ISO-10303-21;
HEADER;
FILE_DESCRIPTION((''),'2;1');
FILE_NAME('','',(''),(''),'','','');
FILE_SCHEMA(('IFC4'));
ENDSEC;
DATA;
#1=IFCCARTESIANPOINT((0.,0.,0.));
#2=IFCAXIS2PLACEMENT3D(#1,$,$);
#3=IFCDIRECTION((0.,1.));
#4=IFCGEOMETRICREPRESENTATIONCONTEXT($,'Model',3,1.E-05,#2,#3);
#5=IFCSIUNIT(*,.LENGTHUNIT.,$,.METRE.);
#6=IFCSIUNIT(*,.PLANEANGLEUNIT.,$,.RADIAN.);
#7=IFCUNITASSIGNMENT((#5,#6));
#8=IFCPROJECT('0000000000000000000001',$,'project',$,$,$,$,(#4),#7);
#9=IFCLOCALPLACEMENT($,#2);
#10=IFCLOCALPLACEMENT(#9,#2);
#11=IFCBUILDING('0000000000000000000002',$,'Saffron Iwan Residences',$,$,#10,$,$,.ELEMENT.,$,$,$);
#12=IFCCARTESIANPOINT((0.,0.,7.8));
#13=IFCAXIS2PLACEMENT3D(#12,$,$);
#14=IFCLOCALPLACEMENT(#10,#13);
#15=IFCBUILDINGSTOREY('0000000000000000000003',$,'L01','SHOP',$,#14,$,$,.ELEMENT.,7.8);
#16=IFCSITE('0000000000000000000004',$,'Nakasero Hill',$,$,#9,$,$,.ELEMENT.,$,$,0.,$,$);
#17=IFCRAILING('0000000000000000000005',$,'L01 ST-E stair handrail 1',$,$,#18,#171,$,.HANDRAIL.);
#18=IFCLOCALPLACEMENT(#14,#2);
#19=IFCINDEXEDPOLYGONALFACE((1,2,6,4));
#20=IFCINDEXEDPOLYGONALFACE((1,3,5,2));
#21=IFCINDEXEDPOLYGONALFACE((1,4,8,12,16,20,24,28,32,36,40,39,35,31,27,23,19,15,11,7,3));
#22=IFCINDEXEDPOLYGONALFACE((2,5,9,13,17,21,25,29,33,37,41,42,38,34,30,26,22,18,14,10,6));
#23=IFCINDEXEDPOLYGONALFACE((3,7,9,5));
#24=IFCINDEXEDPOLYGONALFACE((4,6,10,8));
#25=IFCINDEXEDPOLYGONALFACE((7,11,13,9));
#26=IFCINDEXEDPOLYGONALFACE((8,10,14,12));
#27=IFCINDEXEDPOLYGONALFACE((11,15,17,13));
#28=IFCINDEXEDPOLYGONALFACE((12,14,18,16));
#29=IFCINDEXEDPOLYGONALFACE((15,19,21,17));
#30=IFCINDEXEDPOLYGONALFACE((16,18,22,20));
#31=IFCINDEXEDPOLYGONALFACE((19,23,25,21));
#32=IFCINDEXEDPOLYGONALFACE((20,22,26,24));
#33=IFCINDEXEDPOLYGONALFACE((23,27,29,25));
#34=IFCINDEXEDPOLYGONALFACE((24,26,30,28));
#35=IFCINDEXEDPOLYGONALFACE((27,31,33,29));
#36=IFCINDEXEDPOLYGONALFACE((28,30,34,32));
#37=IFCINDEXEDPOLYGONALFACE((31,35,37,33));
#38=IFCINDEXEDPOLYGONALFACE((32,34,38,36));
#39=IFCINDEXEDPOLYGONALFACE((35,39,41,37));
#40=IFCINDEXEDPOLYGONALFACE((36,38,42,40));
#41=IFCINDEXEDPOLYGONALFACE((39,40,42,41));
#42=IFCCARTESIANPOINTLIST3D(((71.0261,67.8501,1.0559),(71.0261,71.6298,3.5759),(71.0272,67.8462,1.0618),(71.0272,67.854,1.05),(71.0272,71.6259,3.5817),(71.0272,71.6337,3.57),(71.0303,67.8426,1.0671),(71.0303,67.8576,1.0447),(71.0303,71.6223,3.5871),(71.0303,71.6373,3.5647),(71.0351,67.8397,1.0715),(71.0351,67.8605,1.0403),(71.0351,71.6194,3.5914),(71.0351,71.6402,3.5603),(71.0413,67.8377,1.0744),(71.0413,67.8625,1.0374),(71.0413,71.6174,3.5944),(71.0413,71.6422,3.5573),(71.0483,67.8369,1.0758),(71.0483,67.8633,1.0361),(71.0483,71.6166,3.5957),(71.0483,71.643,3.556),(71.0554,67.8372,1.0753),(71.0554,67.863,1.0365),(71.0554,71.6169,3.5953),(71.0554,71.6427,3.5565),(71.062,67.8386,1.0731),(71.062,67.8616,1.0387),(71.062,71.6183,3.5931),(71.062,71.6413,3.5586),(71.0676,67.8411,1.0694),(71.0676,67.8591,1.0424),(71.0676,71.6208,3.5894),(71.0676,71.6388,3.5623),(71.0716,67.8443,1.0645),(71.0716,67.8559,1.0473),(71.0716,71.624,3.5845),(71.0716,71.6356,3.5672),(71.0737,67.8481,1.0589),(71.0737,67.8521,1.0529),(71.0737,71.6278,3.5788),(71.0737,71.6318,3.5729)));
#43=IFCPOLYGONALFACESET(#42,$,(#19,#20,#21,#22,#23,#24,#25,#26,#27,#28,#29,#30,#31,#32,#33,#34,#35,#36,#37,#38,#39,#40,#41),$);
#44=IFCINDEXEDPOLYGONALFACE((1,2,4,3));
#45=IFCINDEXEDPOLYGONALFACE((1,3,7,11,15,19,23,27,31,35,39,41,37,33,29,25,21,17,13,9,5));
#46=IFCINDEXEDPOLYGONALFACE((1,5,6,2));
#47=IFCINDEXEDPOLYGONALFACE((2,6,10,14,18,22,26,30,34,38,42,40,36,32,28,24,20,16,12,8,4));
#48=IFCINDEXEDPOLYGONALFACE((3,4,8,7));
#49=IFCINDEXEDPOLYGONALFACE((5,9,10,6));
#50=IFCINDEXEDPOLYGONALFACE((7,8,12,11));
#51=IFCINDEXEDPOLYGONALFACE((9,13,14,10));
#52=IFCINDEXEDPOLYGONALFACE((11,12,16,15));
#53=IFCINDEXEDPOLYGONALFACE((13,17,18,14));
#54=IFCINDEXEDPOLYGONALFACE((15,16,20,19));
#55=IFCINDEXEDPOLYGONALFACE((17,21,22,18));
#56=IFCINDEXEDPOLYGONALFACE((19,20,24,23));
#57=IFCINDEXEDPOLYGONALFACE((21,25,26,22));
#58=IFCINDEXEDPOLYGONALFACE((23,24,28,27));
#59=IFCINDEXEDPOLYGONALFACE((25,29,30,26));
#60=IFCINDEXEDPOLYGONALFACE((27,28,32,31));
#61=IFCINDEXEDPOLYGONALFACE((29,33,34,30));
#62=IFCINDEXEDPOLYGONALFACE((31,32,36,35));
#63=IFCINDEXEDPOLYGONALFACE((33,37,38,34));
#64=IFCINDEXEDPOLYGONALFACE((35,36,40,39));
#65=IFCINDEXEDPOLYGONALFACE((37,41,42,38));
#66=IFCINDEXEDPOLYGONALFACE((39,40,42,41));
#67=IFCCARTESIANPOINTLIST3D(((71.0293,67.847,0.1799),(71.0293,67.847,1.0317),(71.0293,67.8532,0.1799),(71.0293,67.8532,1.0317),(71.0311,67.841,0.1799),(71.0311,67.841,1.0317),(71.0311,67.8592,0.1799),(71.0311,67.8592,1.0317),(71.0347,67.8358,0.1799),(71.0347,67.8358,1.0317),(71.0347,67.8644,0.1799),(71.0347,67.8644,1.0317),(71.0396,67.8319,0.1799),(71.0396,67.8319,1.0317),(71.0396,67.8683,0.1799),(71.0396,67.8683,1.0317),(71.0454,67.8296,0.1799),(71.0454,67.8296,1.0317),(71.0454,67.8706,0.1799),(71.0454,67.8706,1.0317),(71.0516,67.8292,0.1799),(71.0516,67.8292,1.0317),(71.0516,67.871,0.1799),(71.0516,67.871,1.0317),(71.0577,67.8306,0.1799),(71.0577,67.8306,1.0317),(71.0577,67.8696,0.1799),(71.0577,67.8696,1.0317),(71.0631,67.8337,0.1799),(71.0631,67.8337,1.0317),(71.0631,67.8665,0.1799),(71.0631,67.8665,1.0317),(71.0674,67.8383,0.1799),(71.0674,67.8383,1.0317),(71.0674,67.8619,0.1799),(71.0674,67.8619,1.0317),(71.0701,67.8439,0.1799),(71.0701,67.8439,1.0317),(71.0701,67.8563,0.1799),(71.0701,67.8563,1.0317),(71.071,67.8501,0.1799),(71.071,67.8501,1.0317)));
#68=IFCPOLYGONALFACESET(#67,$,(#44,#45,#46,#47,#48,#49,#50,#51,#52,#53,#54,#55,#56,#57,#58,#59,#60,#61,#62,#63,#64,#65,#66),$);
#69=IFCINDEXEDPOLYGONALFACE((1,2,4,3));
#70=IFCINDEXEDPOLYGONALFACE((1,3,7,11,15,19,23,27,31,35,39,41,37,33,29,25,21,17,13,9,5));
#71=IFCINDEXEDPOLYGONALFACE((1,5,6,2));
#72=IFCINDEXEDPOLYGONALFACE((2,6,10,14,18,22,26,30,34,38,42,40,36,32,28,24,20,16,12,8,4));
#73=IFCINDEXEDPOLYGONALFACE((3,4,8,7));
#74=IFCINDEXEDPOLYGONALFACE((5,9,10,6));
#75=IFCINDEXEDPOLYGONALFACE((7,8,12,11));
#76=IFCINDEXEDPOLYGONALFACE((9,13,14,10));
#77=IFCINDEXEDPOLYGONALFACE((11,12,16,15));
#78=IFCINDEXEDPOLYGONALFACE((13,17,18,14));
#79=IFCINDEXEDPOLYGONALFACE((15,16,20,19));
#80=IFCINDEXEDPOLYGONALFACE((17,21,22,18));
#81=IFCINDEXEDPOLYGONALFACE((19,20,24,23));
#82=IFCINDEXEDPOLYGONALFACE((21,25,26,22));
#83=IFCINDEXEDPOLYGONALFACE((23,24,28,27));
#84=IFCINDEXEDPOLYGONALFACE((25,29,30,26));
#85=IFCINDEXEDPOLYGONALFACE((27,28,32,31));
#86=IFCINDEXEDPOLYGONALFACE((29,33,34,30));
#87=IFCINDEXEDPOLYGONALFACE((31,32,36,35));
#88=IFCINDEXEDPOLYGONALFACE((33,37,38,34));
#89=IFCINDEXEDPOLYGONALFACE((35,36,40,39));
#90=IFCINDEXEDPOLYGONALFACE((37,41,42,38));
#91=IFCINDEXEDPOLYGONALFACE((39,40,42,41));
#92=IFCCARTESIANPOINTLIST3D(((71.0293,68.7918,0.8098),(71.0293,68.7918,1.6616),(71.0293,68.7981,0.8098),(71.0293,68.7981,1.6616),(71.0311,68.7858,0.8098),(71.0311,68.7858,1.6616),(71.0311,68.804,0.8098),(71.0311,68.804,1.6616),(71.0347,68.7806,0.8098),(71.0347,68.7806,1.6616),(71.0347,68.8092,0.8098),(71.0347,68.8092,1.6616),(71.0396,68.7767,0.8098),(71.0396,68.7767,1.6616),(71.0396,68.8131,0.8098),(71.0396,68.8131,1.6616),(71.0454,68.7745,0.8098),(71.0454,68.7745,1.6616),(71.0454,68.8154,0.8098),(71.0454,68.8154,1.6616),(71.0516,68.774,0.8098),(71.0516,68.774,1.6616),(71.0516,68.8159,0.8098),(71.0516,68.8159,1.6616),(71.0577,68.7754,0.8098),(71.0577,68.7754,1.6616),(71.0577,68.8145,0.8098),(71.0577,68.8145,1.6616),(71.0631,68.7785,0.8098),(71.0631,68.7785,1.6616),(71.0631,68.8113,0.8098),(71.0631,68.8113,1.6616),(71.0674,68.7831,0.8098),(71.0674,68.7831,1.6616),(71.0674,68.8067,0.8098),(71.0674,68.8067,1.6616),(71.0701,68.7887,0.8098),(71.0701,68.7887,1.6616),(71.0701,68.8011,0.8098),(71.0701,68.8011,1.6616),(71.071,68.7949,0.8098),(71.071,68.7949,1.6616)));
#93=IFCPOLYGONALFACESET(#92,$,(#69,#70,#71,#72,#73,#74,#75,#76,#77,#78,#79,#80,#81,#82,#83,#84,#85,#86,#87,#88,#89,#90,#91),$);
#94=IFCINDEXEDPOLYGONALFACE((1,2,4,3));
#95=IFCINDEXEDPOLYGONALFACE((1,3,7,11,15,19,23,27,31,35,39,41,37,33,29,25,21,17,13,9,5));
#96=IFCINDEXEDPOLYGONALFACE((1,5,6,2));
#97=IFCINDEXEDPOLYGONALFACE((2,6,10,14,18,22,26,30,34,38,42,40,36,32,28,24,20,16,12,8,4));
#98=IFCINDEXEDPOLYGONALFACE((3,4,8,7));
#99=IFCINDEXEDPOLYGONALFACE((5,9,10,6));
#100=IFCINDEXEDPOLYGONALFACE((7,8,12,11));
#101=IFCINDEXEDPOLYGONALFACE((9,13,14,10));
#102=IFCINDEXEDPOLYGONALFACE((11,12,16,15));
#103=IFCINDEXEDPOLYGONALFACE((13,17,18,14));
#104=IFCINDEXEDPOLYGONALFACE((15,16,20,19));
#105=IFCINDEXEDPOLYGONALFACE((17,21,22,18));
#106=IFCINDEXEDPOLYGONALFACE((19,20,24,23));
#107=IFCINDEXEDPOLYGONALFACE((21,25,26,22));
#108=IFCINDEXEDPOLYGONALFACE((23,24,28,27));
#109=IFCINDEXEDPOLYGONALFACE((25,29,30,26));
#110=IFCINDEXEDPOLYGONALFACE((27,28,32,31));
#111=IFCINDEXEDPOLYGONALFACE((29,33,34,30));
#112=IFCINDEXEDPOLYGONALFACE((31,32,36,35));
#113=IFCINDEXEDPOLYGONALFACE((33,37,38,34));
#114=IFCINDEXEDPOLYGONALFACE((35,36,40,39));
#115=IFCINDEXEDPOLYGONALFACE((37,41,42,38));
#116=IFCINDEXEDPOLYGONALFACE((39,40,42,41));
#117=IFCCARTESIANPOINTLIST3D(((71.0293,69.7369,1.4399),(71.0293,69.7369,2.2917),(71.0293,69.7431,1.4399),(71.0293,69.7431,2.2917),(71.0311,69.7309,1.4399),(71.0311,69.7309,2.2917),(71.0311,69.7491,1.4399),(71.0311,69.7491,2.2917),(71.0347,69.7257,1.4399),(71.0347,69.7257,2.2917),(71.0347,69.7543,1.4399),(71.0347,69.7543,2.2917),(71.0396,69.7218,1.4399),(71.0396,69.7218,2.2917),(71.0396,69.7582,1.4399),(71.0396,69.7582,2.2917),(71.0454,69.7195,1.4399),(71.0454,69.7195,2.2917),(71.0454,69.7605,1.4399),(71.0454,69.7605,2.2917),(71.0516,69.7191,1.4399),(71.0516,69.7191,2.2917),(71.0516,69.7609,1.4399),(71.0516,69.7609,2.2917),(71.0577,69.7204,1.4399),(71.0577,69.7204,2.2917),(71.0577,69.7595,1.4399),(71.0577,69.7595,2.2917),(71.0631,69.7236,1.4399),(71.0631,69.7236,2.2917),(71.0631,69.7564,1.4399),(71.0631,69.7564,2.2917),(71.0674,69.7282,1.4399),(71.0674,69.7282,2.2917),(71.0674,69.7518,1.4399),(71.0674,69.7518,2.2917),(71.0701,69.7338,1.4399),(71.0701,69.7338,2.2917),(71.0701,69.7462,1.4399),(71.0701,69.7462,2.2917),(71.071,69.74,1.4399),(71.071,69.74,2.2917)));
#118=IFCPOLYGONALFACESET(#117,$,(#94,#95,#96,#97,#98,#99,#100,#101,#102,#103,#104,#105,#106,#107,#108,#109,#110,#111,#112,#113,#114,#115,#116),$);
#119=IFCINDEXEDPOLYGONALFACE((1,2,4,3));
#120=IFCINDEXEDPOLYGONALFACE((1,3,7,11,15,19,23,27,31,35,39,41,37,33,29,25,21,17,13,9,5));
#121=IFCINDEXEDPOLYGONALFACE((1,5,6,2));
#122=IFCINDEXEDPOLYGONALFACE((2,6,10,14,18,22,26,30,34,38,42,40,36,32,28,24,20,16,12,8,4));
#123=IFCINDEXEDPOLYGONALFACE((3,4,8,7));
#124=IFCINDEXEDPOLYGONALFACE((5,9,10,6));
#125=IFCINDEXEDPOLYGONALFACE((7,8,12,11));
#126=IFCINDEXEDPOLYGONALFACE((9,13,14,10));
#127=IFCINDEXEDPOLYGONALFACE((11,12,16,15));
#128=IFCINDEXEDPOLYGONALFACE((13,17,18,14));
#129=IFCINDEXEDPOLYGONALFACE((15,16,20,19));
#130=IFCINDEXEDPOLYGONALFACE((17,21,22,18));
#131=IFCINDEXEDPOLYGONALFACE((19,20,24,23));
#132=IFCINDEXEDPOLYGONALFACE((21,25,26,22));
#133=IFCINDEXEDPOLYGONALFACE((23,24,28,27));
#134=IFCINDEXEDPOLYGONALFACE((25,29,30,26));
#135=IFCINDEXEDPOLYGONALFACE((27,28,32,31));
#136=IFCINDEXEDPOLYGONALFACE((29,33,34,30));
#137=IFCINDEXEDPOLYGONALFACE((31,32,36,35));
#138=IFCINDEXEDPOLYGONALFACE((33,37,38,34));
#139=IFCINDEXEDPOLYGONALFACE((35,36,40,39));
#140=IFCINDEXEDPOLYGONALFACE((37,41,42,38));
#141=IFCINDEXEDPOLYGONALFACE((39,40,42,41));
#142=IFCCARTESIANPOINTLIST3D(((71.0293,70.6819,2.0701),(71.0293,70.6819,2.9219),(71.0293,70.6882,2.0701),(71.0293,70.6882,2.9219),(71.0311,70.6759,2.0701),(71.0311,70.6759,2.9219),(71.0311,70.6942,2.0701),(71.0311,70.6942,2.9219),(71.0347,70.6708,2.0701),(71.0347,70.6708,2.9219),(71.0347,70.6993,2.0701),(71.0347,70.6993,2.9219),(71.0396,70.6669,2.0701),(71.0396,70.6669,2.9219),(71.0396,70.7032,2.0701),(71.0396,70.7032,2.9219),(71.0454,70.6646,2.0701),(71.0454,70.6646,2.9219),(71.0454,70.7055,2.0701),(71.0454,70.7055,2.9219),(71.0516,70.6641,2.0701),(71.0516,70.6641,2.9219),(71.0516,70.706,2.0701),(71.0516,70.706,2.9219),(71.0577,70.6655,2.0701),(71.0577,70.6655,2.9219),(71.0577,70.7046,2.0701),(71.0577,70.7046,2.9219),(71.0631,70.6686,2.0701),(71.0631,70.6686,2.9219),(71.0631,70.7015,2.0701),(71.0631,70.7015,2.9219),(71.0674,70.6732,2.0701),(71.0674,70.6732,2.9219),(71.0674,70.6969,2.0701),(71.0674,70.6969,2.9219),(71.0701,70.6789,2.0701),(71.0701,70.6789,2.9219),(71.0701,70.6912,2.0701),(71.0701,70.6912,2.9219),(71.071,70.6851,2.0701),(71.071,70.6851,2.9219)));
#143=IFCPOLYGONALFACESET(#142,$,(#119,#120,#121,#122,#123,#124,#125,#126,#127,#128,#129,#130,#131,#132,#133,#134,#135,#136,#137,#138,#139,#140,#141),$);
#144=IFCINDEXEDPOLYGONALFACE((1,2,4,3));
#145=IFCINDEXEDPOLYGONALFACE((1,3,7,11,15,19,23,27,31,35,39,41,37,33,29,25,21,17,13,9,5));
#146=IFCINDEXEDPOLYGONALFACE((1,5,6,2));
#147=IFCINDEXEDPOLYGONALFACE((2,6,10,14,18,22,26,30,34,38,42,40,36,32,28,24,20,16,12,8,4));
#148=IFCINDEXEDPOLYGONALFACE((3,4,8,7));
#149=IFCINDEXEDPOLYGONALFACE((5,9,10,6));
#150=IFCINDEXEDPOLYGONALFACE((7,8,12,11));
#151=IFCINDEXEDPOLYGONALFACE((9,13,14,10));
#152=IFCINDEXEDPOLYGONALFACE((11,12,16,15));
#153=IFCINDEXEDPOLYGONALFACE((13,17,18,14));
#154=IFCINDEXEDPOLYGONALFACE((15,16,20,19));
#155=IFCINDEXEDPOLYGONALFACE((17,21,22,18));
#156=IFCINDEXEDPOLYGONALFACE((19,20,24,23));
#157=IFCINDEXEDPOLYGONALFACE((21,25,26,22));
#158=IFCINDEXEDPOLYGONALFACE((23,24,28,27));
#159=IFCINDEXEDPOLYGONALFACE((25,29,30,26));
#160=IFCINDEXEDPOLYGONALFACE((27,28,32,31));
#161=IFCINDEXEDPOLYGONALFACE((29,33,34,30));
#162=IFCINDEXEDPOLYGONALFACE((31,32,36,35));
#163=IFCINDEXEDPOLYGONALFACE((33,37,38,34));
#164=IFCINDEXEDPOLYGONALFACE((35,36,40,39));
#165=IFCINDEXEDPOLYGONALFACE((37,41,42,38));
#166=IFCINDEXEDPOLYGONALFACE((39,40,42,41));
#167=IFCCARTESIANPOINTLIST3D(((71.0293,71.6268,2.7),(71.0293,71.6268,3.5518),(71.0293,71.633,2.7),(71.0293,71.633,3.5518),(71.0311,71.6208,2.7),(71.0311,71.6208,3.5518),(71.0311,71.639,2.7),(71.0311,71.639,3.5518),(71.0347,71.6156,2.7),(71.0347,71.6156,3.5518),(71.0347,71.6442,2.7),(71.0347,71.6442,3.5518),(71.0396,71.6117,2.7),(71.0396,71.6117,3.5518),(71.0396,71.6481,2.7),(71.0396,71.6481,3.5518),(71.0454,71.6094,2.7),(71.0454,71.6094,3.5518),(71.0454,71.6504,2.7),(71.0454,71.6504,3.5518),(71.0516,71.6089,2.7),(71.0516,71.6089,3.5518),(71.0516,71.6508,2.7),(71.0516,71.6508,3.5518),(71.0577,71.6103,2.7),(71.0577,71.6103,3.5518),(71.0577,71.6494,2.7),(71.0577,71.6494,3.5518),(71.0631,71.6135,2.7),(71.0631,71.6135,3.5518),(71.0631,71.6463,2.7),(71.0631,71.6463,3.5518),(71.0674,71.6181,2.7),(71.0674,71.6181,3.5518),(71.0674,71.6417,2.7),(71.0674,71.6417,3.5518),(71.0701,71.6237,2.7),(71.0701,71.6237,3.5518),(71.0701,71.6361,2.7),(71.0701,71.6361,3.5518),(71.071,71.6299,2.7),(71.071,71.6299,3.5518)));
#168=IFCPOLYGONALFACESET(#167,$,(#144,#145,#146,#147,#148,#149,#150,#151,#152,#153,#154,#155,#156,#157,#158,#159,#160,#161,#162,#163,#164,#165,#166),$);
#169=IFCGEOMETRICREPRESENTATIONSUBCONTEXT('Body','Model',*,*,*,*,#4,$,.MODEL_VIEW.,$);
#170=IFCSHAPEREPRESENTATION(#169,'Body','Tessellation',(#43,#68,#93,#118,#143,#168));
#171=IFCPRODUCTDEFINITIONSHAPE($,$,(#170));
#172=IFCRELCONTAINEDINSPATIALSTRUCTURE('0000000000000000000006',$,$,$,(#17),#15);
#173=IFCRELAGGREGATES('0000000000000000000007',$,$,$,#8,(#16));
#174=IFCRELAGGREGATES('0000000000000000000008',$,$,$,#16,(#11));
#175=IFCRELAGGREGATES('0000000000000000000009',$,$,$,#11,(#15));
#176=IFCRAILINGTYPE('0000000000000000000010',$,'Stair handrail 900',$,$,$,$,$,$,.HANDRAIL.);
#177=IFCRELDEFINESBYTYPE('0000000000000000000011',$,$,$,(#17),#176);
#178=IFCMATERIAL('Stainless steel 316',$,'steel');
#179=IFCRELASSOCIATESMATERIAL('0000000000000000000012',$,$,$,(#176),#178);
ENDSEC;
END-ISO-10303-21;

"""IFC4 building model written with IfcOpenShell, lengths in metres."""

from ifc_helpers import new_model, si_unit, direction, frame, origin, origin_2d, place, context, subcontext, project, spatial, circle, extrude, material, type_object, element, save


model = new_model("IFC4")

# Units and contexts
model_context = context("Model", 3, precision=1e-05, world=origin(), true_north=direction((0.0, 1.0)))
body_context = subcontext(model_context, "Body", "Model", "MODEL_VIEW")
ifc_project = project(units=[si_unit("LENGTHUNIT", "METRE"), si_unit("PLANEANGLEUNIT", "RADIAN")], contexts=[model_context])

# Site, building, storey
site_placement = place(None, origin())
site = spatial("IfcSite", under=ifc_project, at=site_placement, Name="Nakasero Hill", CompositionType="ELEMENT", RefElevation=0.0)
building_placement = place(site_placement, origin())
building = spatial("IfcBuilding", under=site, at=building_placement, Name="Saffron Iwan Residences", CompositionType="ELEMENT")
storey_placement = place(building_placement, frame((0.0, 0.0, 7.8)))
storey = spatial("IfcBuildingStorey", under=building, at=storey_placement, Name="L01", Description="SHOP", CompositionType="ELEMENT", Elevation=7.8)

# Railing
ifc_material_1 = material(Name="Stainless steel 316", Category="steel")
railing_type_1 = type_object("IfcRailingType", Name="Stair handrail 900", PredefinedType="HANDRAIL", material=ifc_material_1)
railing_1_placement = place(storey_placement, frame((71.05, 67.8501, 0.1799)))
element("IfcRailing", 1, at=railing_1_placement, inside=storey, type_object=railing_type_1, Name="L01 ST-E stair handrail 1", PredefinedType="HANDRAIL", context=body_context, shape_type="SweptSolid", body=[
    extrude(circle(Radius=0.0239, at=origin_2d()), frame((0.0, 0.0, 0.876), z_axis=(0.0, 0.832034, 0.554725), x_axis=(-1.0, 0.0, 0.0)), (0.0, 0.0, 1.0), 4.5427),
    extrude(circle(Radius=0.021, at=origin_2d()), origin(), (0.0, 0.0, 1.0), 0.8518),
    extrude(circle(Radius=0.021, at=origin_2d()), frame((0.0, 0.9448, 0.6299)), (0.0, 0.0, 1.0), 0.8518),
    extrude(circle(Radius=0.021, at=origin_2d()), frame((0.0, 1.8899, 1.26)), (0.0, 0.0, 1.0), 0.8518),
    extrude(circle(Radius=0.021, at=origin_2d()), frame((0.0, 2.835, 1.8901)), (0.0, 0.0, 1.0), 0.8518),
    extrude(circle(Radius=0.021, at=origin_2d()), frame((0.0, 3.7798, 2.52)), (0.0, 0.0, 1.0), 0.8518),
])

save(model, "model.ifc")
